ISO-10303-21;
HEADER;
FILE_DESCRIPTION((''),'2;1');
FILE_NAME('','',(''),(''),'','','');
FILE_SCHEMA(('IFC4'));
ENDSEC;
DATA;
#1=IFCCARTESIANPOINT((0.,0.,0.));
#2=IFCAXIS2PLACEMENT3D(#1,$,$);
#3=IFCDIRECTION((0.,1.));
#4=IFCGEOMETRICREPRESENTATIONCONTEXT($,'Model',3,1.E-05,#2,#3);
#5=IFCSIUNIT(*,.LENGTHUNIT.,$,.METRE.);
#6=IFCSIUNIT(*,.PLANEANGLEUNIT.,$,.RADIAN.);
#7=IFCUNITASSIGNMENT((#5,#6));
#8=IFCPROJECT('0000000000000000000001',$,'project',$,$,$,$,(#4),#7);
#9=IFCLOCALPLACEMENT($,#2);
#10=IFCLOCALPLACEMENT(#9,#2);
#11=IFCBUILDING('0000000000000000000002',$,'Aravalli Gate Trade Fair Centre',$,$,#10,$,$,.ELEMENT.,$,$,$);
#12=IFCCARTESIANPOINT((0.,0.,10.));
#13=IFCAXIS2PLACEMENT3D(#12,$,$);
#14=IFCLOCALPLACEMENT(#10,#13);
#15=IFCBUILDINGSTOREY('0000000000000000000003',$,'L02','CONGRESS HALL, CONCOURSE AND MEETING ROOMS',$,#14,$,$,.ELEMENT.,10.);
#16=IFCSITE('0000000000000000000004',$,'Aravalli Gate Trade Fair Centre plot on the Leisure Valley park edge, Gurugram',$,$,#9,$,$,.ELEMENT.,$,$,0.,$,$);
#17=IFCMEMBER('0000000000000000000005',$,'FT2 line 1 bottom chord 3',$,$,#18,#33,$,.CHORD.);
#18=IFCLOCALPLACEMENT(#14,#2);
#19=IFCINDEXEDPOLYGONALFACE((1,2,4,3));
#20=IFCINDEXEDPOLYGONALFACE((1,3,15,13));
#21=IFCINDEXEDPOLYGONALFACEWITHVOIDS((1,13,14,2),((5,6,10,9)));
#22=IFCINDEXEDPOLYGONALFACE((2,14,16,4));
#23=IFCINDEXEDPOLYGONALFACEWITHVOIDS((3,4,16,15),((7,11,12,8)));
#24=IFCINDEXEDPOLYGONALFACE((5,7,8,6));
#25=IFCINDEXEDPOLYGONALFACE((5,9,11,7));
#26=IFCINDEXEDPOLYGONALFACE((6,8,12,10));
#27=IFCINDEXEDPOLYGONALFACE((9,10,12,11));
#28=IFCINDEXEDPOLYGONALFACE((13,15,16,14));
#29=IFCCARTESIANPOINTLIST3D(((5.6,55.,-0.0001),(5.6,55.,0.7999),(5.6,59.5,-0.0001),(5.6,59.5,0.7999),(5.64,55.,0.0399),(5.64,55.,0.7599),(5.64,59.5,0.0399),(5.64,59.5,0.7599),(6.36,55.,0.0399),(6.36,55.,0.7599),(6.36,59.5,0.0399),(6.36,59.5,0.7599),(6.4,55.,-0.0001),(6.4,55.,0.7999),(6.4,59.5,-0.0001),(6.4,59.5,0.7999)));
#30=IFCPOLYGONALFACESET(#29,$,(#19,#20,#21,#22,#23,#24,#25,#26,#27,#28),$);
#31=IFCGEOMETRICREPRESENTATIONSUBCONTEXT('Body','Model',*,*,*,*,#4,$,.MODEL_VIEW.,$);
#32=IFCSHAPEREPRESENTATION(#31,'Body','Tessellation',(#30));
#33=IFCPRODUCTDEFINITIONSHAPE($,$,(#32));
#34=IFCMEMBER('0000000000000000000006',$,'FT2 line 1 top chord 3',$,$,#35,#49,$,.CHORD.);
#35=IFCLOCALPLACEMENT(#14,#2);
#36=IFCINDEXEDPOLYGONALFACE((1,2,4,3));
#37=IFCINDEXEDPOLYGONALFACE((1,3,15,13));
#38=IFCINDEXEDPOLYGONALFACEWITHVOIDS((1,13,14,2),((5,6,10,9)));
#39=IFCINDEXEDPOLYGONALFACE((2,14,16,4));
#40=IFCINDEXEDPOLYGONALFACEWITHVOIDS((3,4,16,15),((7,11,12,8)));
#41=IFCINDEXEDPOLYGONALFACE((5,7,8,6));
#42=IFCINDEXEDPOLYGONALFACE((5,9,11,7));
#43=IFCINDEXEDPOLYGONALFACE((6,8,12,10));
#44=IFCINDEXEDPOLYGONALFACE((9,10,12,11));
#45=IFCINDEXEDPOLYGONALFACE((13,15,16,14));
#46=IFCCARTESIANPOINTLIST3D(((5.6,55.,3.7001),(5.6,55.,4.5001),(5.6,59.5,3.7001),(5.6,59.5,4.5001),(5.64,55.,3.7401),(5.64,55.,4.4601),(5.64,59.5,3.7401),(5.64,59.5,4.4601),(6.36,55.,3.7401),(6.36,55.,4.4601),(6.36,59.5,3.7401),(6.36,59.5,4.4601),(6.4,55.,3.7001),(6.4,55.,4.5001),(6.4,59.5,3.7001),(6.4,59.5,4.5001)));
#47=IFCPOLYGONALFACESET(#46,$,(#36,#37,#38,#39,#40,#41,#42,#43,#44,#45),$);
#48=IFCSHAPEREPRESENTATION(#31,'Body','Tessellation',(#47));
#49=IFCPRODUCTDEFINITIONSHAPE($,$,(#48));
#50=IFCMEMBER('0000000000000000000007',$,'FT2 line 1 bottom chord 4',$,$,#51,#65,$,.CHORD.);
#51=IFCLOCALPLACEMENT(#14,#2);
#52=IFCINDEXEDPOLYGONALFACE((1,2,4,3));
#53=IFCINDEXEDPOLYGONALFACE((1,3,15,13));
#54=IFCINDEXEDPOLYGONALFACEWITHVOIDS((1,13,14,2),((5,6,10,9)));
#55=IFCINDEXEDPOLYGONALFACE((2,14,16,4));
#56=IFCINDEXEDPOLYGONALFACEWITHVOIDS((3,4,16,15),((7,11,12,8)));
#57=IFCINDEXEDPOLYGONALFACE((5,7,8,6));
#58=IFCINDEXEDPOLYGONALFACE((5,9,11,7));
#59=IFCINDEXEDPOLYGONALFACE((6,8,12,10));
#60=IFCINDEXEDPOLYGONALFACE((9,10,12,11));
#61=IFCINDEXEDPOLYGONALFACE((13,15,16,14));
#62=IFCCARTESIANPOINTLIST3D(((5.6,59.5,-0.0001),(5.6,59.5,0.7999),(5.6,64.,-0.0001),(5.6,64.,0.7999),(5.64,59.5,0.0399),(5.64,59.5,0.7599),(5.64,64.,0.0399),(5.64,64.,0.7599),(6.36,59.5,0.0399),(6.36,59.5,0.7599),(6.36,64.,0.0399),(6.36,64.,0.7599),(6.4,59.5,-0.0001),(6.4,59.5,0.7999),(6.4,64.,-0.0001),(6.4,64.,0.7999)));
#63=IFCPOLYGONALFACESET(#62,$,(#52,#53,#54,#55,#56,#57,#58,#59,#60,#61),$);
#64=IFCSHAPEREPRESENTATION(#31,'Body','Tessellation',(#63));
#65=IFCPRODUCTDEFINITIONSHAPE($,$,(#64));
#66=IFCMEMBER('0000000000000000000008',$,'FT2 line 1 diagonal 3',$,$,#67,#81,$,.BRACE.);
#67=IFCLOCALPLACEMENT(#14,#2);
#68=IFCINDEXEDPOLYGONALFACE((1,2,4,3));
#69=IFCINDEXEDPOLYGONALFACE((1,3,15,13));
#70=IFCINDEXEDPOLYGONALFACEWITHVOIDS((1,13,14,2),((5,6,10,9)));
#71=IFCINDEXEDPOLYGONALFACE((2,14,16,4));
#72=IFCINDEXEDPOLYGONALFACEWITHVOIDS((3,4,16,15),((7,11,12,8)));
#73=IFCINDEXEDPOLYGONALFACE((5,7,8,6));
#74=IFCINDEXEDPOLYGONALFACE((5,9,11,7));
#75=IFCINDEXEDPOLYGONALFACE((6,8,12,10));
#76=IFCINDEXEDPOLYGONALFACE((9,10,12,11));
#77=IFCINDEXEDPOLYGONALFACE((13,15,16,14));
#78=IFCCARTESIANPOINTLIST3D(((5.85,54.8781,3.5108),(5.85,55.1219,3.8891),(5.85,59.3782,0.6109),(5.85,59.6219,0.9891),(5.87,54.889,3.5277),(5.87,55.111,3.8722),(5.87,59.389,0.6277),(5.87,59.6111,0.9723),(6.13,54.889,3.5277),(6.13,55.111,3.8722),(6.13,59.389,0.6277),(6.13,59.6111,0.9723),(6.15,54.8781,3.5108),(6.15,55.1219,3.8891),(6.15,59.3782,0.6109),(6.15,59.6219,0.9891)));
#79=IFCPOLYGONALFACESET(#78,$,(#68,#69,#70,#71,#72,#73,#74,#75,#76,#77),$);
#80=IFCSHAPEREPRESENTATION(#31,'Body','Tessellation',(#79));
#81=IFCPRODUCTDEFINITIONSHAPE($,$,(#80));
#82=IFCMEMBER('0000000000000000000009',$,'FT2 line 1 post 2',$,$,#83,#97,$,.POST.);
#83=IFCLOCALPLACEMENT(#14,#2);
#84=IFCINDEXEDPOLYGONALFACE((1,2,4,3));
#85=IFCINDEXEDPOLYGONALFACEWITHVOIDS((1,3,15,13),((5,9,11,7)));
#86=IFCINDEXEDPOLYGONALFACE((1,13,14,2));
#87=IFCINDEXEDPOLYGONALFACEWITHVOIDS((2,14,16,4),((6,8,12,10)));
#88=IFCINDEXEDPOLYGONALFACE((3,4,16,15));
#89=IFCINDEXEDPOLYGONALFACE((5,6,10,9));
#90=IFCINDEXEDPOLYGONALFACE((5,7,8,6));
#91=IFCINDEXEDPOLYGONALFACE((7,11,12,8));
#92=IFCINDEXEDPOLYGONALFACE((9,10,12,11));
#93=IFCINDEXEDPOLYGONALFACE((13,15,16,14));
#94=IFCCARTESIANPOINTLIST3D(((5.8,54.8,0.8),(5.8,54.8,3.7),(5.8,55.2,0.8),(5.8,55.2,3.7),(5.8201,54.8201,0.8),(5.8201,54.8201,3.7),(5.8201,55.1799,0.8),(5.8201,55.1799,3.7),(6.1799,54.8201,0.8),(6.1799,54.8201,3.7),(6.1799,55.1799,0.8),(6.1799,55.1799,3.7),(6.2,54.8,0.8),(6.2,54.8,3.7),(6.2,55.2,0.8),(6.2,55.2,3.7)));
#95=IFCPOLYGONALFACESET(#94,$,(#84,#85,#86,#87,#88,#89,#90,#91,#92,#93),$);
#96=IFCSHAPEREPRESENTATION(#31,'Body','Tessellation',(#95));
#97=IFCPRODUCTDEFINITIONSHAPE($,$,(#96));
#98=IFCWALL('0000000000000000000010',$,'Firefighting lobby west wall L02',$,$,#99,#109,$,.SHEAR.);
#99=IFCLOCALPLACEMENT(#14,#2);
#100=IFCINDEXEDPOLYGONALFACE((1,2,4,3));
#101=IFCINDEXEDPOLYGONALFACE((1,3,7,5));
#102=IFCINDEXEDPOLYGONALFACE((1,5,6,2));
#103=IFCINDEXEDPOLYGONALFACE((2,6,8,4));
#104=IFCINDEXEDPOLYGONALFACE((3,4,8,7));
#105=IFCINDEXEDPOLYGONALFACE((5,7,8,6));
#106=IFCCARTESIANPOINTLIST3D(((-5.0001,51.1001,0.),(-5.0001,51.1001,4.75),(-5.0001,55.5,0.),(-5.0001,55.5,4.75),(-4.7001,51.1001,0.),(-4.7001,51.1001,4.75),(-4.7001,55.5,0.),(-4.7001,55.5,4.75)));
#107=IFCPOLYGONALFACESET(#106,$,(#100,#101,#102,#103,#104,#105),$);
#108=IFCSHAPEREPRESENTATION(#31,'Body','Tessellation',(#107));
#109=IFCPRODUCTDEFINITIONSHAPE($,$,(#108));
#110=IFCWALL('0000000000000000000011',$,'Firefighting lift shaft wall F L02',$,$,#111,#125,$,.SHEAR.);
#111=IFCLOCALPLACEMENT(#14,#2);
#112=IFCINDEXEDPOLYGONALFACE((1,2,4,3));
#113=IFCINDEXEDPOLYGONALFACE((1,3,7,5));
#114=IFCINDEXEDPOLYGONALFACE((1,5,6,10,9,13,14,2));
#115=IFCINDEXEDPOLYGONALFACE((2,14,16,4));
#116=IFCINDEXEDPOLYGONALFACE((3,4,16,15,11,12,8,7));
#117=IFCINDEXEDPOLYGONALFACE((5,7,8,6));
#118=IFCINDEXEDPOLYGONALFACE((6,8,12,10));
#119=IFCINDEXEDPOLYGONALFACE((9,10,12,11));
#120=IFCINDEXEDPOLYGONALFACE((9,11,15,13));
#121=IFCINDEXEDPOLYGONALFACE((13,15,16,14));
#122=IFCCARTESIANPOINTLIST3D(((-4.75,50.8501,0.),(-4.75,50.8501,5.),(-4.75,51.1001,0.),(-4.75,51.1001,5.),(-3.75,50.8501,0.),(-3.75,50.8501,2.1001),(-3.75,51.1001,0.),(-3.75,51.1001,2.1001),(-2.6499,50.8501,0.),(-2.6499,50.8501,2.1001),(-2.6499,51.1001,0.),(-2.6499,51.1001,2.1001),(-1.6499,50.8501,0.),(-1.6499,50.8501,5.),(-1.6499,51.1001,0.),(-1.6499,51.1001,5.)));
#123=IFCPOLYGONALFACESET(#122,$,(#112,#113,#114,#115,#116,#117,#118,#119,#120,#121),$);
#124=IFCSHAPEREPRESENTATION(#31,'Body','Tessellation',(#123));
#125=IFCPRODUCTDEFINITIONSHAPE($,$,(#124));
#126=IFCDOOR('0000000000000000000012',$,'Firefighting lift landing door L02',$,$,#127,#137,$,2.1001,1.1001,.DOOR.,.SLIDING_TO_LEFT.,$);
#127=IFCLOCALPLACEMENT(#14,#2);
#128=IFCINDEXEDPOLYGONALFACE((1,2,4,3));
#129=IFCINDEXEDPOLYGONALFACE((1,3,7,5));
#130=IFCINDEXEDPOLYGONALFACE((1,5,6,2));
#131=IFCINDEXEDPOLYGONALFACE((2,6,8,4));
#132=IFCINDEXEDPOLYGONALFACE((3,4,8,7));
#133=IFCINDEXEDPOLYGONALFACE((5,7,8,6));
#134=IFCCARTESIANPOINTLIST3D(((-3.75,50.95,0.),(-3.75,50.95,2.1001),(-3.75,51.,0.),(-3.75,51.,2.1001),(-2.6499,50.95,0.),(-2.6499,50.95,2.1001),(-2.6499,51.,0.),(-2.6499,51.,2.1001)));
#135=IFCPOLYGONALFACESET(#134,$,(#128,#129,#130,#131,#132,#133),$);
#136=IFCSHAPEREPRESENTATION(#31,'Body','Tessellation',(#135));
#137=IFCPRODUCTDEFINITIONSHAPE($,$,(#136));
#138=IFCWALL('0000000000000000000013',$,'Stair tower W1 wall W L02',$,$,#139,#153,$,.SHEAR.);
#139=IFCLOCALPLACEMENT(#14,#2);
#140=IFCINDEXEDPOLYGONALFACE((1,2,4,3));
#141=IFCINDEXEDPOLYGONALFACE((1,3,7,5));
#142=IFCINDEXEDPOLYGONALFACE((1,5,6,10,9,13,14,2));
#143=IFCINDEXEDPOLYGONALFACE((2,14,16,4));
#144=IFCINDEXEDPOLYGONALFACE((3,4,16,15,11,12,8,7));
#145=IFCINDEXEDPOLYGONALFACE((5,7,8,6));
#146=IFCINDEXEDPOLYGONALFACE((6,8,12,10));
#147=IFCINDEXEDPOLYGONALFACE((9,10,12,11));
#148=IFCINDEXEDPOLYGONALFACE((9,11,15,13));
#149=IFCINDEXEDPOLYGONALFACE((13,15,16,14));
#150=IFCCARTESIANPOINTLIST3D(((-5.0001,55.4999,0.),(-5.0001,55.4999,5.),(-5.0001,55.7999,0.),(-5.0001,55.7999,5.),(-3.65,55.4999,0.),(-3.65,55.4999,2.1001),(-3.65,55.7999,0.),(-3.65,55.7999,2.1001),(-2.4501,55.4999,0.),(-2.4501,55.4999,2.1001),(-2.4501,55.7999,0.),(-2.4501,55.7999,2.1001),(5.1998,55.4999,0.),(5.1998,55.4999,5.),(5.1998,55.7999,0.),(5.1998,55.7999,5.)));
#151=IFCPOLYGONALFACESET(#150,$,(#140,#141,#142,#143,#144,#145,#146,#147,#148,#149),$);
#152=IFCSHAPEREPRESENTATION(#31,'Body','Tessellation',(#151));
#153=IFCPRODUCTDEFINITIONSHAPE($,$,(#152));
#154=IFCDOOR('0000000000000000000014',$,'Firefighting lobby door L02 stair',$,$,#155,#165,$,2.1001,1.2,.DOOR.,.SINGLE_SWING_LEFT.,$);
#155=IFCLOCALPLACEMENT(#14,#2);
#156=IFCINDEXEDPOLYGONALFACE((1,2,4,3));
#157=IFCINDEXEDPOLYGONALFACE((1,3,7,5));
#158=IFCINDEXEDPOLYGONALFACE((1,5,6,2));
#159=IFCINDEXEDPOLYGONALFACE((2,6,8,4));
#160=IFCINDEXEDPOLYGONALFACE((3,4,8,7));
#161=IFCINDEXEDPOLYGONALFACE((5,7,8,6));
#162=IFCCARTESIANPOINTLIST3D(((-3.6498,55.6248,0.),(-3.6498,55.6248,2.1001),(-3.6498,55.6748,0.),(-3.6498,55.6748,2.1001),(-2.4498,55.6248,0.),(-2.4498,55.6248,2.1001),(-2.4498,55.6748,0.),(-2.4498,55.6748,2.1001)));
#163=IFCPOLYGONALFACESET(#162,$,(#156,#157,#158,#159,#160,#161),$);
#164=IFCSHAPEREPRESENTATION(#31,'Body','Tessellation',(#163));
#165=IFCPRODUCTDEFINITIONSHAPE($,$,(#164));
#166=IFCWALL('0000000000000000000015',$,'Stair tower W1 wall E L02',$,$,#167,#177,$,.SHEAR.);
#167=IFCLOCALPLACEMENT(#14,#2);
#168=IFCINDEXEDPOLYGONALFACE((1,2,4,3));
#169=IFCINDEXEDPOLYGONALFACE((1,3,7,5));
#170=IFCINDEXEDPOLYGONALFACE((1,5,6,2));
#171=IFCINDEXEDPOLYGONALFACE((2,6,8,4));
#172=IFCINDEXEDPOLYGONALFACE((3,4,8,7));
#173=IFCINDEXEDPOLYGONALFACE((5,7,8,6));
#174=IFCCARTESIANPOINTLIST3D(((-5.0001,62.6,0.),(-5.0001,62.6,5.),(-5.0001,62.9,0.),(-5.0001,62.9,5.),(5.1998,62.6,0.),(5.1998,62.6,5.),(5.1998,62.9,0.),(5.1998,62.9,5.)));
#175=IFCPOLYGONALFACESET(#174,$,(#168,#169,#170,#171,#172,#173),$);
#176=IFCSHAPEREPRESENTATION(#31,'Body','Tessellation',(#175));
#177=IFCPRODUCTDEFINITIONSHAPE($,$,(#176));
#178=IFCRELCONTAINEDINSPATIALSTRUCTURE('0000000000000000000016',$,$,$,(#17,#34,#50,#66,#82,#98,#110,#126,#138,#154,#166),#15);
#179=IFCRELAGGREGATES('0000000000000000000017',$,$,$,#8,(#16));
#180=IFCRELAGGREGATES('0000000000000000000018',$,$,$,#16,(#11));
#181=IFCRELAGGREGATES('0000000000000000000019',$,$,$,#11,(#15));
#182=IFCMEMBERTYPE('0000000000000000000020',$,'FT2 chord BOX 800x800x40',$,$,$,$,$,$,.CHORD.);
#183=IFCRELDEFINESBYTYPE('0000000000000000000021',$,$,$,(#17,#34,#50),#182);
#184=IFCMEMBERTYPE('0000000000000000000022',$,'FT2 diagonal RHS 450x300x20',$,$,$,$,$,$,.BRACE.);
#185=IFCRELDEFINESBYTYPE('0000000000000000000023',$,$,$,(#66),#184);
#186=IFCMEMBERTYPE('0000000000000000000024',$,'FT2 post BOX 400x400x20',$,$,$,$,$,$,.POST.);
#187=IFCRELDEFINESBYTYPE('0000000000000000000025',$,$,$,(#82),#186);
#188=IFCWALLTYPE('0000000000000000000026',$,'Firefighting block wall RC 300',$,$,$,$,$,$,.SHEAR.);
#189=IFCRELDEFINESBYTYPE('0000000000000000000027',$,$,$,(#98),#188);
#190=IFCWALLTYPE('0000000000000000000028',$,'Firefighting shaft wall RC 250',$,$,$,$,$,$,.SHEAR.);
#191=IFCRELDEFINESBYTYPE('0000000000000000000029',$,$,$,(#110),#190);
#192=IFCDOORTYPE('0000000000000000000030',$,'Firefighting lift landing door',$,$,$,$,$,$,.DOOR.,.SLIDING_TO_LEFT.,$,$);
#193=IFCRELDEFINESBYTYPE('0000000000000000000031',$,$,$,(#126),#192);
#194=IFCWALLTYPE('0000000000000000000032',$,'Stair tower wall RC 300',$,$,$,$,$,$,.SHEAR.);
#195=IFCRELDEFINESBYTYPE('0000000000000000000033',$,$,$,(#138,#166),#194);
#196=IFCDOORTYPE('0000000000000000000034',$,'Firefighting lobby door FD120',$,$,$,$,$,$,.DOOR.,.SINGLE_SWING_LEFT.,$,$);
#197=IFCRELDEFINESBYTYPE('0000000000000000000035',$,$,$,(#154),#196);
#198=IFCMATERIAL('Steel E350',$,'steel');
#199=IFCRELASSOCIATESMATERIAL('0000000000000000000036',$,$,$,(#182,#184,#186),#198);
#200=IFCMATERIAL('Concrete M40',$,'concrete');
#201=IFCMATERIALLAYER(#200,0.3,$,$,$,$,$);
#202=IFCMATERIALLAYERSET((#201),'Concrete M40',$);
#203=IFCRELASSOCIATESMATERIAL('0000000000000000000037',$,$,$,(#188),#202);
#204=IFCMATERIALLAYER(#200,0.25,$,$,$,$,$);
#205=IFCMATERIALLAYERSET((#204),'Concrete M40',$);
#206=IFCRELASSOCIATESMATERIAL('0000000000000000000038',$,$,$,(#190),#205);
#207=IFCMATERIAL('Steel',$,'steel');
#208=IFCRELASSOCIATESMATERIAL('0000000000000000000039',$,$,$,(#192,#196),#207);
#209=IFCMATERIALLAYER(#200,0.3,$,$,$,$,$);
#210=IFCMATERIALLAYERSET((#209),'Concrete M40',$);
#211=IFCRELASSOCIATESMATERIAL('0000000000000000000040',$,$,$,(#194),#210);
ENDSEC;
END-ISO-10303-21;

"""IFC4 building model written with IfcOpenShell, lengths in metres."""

from ifc_helpers import new_model, si_unit, direction, frame, frame_2d, origin, origin_2d, place, context, subcontext, project, spatial, rectangle, hollow_rectangle, extrude, material, layer, layer_set, material_profile, profile_set, type_object, element, fill, save


model = new_model("IFC4")

# Units and contexts
model_context = context("Model", 3, precision=1e-05, world=origin(), true_north=direction((0.0, 1.0)))
body_context = subcontext(model_context, "Body", "Model", "MODEL_VIEW")
ifc_project = project(units=[si_unit("LENGTHUNIT", "METRE"), si_unit("PLANEANGLEUNIT", "RADIAN")], contexts=[model_context])

# Site, building, storey
site_placement = place(None, origin())
site = spatial("IfcSite", under=ifc_project, at=site_placement, Name="Aravalli Gate Trade Fair Centre plot on the Leisure Valley park edge, Gurugram", CompositionType="ELEMENT", RefElevation=0.0)
building_placement = place(site_placement, origin())
building = spatial("IfcBuilding", under=site, at=building_placement, Name="Aravalli Gate Trade Fair Centre", CompositionType="ELEMENT")
storey_placement = place(building_placement, frame((0.0, 0.0, 10.0)))
storey = spatial("IfcBuildingStorey", under=building, at=storey_placement, Name="L02", Description="CONGRESS HALL, CONCOURSE AND MEETING ROOMS", CompositionType="ELEMENT", Elevation=10.0)

# Members
ifc_material_1 = material(Name="Steel E350", Category="steel")
ifc_material_profile_1 = material_profile(ifc_material_1, hollow_rectangle(XDim=0.8, YDim=0.8, WallThickness=0.04, at=origin_2d()), Name="BOX 800x800x40")
ifc_profile_set_1 = profile_set([ifc_material_profile_1], Name="Steel E350")
member_type_1 = type_object("IfcMemberType", Name="FT2 chord BOX 800x800x40", PredefinedType="CHORD", material=ifc_profile_set_1)
for number, where, z_axis, x_axis, name in (
    (1, (6.0, 55.0, 0.3999), (0.0, 1.0, 0.0), (-1.0, 0.0, 0.0), "FT2 line 1 bottom chord 3"),
    (2, (6.0, 55.0, 4.1001), (0.0, 1.0, 0.0), (-1.0, 0.0, 0.0), "FT2 line 1 top chord 3"),
    (3, (6.0, 59.5, 0.3999), (0.0, 1.0, 0.0), (-1.0, 0.0, 0.0), "FT2 line 1 bottom chord 4"),
):
    element("IfcMember", number, at=place(storey_placement, frame(where, z_axis=z_axis, x_axis=x_axis)), inside=storey, type_object=member_type_1, Name=name, PredefinedType="CHORD", context=body_context, shape_type="SweptSolid", body=[
        extrude(hollow_rectangle(XDim=0.8, YDim=0.8, WallThickness=0.04, at=origin_2d()), origin(), (0.0, 0.0, 1.0), 4.5),
    ])
ifc_material_profile_2 = material_profile(ifc_material_1, hollow_rectangle(XDim=0.3, YDim=0.45, WallThickness=0.02, at=origin_2d()), Name="RHS 450x300x20")
ifc_profile_set_2 = profile_set([ifc_material_profile_2], Name="Steel E350")
member_type_2 = type_object("IfcMemberType", Name="FT2 diagonal RHS 450x300x20", PredefinedType="BRACE", material=ifc_profile_set_2)
member_1_placement = place(storey_placement, frame((6.0, 55.0, 3.7), z_axis=(0.0, 0.840579, -0.541688), x_axis=(-1.0, 0.0, 0.0)))
element("IfcMember", 4, at=member_1_placement, inside=storey, type_object=member_type_2, Name="FT2 line 1 diagonal 3", PredefinedType="BRACE", context=body_context, shape_type="SweptSolid", body=[
    extrude(hollow_rectangle(XDim=0.3, YDim=0.45, WallThickness=0.02, at=origin_2d()), origin(), (0.0, 0.0, 1.0), 5.3535),
])
ifc_material_profile_3 = material_profile(ifc_material_1, hollow_rectangle(XDim=0.3999, YDim=0.3999, WallThickness=0.02, at=origin_2d()), Name="BOX 400x400x20")
ifc_profile_set_3 = profile_set([ifc_material_profile_3], Name="Steel E350")
member_type_3 = type_object("IfcMemberType", Name="FT2 post BOX 400x400x20", PredefinedType="POST", material=ifc_profile_set_3)
member_2_placement = place(storey_placement, frame((6.0, 55.0, 0.8), z_axis=(0.0, 0.0, 1.0), x_axis=(1.0, 0.0, 0.0)))
element("IfcMember", 5, at=member_2_placement, inside=storey, type_object=member_type_3, Name="FT2 line 1 post 2", PredefinedType="POST", context=body_context, shape_type="SweptSolid", body=[
    extrude(hollow_rectangle(XDim=0.3999, YDim=0.3999, WallThickness=0.02, at=origin_2d()), origin(), (0.0, 0.0, 1.0), 2.8999),
])

# Wall
ifc_material_2 = material(Name="Concrete M40", Category="concrete")
ifc_layer_1 = layer(ifc_material_2, 0.3)
ifc_layer_set_1 = layer_set([ifc_layer_1], Name="Concrete M40")
wall_type_1 = type_object("IfcWallType", Name="Firefighting block wall RC 300", PredefinedType="SHEAR", material=ifc_layer_set_1)
wall_1_placement = place(storey_placement, frame((-4.8501, 51.1001, 0.0), z_axis=(0.0, 0.0, 1.0), x_axis=(0.0, 1.0, 0.0)))
element("IfcWall", 6, at=wall_1_placement, inside=storey, type_object=wall_type_1, Name="Firefighting lobby west wall L02", PredefinedType="SHEAR", context=body_context, shape_type="SweptSolid", body=[
    extrude(rectangle(XDim=4.3999, YDim=0.3, at=frame_2d((2.2, 0.0))), origin(), (0.0, 0.0, 1.0), 4.75),
])

# Walls, openings, doors
ifc_layer_2 = layer(ifc_material_2, 0.25)
ifc_layer_set_2 = layer_set([ifc_layer_2], Name="Concrete M40")
wall_type_2 = type_object("IfcWallType", Name="Firefighting shaft wall RC 250", PredefinedType="SHEAR", material=ifc_layer_set_2)
wall_2_placement = place(storey_placement, frame((-4.75, 50.9751, 0.0), z_axis=(0.0, 0.0, 1.0), x_axis=(1.0, 0.0, 0.0)))
wall_2 = element("IfcWall", 7, at=wall_2_placement, inside=storey, type_object=wall_type_2, Name="Firefighting lift shaft wall F L02", PredefinedType="SHEAR", context=body_context, shape_type="SweptSolid", body=[
    extrude(rectangle(XDim=3.1001, YDim=0.25, at=frame_2d((1.55, 0.0))), origin(), (0.0, 0.0, 1.0), 5.0),
])
opening_1_placement = place(wall_2_placement, frame((1.0, 0.0, 0.0)))
opening_1 = element("IfcOpeningElement", 8, at=opening_1_placement, cuts=wall_2, PredefinedType="OPENING", context=body_context, shape_type="SweptSolid", body=[
    extrude(rectangle(XDim=1.1001, YDim=2.1001, at=frame_2d((0.55, 1.05))), frame((0.0, 0.135, 0.0), z_axis=(0.0, -1.0, 0.0), x_axis=(1.0, 0.0, 0.0)), (0.0, 0.0, 1.0), 0.27),
])
ifc_material_3 = material(Name="Steel", Category="steel")
door_type_1 = type_object("IfcDoorType", Name="Firefighting lift landing door", OperationType="SLIDING_TO_LEFT", PredefinedType="DOOR", material=ifc_material_3)
door_1_placement = place(opening_1_placement, origin())
door_1 = element("IfcDoor", 9, at=door_1_placement, inside=storey, type_object=door_type_1, Name="Firefighting lift landing door L02", OperationType="SLIDING_TO_LEFT", OverallHeight=2.1001, OverallWidth=1.1001, PredefinedType="DOOR", context=body_context, shape_type="SweptSolid", body=[
    extrude(rectangle(XDim=1.1001, YDim=2.1001, at=frame_2d((0.55, 1.05))), frame((0.0, 0.0249, 0.0), z_axis=(0.0, -1.0, 0.0), x_axis=(1.0, 0.0, 0.0)), (0.0, 0.0, 1.0), 0.05),
])
fill(opening_1, door_1)
ifc_layer_3 = layer(ifc_material_2, 0.3)
ifc_layer_set_3 = layer_set([ifc_layer_3], Name="Concrete M40")
wall_type_3 = type_object("IfcWallType", Name="Stair tower wall RC 300", PredefinedType="SHEAR", material=ifc_layer_set_3)
wall_3_placement = place(storey_placement, frame((5.2, 55.6499, 0.0), z_axis=(0.0, 0.0, 1.0), x_axis=(-1.0, 0.0, 0.0)))
wall_3 = element("IfcWall", 10, at=wall_3_placement, inside=storey, type_object=wall_type_3, Name="Stair tower W1 wall W L02", PredefinedType="SHEAR", context=body_context, shape_type="SweptSolid", body=[
    extrude(rectangle(XDim=10.2, YDim=0.3, at=frame_2d((5.1001, 0.0))), origin(), (0.0, 0.0, 1.0), 5.0),
])
opening_2_placement = place(wall_3_placement, frame((7.6499, 0.0, 0.0)))
opening_2 = element("IfcOpeningElement", 11, at=opening_2_placement, cuts=wall_3, PredefinedType="OPENING", context=body_context, shape_type="SweptSolid", body=[
    extrude(rectangle(XDim=1.2, YDim=2.1001, at=frame_2d((0.6001, 1.05))), frame((0.0, 0.1599, 0.0), z_axis=(0.0, -1.0, 0.0), x_axis=(1.0, 0.0, 0.0)), (0.0, 0.0, 1.0), 0.3201),
])
door_type_2 = type_object("IfcDoorType", Name="Firefighting lobby door FD120", OperationType="SINGLE_SWING_LEFT", PredefinedType="DOOR", material=ifc_material_3)
door_2_placement = place(opening_2_placement, frame((1.2, 0.0, 0.0), z_axis=(0.0, 0.0, 1.0), x_axis=(-1.0, 0.0, 0.0)))
door_2 = element("IfcDoor", 12, at=door_2_placement, inside=storey, type_object=door_type_2, Name="Firefighting lobby door L02 stair", OperationType="SINGLE_SWING_LEFT", OverallHeight=2.1001, OverallWidth=1.2, PredefinedType="DOOR", context=body_context, shape_type="SweptSolid", body=[
    extrude(rectangle(XDim=1.2, YDim=2.1001, at=frame_2d((0.6001, 1.05))), frame((0.0, 0.0249, 0.0), z_axis=(0.0, -1.0, 0.0), x_axis=(1.0, 0.0, 0.0)), (0.0, 0.0, 1.0), 0.05),
])
fill(opening_2, door_2)

# Wall
wall_4_placement = place(storey_placement, frame((5.2, 62.75, 0.0), z_axis=(0.0, 0.0, 1.0), x_axis=(-1.0, 0.0, 0.0)))
element("IfcWall", 13, at=wall_4_placement, inside=storey, type_object=wall_type_3, Name="Stair tower W1 wall E L02", PredefinedType="SHEAR", context=body_context, shape_type="SweptSolid", body=[
    extrude(rectangle(XDim=10.2, YDim=0.3, at=frame_2d((5.1001, 0.0))), origin(), (0.0, 0.0, 1.0), 5.0),
])

save(model, "model.ifc")
